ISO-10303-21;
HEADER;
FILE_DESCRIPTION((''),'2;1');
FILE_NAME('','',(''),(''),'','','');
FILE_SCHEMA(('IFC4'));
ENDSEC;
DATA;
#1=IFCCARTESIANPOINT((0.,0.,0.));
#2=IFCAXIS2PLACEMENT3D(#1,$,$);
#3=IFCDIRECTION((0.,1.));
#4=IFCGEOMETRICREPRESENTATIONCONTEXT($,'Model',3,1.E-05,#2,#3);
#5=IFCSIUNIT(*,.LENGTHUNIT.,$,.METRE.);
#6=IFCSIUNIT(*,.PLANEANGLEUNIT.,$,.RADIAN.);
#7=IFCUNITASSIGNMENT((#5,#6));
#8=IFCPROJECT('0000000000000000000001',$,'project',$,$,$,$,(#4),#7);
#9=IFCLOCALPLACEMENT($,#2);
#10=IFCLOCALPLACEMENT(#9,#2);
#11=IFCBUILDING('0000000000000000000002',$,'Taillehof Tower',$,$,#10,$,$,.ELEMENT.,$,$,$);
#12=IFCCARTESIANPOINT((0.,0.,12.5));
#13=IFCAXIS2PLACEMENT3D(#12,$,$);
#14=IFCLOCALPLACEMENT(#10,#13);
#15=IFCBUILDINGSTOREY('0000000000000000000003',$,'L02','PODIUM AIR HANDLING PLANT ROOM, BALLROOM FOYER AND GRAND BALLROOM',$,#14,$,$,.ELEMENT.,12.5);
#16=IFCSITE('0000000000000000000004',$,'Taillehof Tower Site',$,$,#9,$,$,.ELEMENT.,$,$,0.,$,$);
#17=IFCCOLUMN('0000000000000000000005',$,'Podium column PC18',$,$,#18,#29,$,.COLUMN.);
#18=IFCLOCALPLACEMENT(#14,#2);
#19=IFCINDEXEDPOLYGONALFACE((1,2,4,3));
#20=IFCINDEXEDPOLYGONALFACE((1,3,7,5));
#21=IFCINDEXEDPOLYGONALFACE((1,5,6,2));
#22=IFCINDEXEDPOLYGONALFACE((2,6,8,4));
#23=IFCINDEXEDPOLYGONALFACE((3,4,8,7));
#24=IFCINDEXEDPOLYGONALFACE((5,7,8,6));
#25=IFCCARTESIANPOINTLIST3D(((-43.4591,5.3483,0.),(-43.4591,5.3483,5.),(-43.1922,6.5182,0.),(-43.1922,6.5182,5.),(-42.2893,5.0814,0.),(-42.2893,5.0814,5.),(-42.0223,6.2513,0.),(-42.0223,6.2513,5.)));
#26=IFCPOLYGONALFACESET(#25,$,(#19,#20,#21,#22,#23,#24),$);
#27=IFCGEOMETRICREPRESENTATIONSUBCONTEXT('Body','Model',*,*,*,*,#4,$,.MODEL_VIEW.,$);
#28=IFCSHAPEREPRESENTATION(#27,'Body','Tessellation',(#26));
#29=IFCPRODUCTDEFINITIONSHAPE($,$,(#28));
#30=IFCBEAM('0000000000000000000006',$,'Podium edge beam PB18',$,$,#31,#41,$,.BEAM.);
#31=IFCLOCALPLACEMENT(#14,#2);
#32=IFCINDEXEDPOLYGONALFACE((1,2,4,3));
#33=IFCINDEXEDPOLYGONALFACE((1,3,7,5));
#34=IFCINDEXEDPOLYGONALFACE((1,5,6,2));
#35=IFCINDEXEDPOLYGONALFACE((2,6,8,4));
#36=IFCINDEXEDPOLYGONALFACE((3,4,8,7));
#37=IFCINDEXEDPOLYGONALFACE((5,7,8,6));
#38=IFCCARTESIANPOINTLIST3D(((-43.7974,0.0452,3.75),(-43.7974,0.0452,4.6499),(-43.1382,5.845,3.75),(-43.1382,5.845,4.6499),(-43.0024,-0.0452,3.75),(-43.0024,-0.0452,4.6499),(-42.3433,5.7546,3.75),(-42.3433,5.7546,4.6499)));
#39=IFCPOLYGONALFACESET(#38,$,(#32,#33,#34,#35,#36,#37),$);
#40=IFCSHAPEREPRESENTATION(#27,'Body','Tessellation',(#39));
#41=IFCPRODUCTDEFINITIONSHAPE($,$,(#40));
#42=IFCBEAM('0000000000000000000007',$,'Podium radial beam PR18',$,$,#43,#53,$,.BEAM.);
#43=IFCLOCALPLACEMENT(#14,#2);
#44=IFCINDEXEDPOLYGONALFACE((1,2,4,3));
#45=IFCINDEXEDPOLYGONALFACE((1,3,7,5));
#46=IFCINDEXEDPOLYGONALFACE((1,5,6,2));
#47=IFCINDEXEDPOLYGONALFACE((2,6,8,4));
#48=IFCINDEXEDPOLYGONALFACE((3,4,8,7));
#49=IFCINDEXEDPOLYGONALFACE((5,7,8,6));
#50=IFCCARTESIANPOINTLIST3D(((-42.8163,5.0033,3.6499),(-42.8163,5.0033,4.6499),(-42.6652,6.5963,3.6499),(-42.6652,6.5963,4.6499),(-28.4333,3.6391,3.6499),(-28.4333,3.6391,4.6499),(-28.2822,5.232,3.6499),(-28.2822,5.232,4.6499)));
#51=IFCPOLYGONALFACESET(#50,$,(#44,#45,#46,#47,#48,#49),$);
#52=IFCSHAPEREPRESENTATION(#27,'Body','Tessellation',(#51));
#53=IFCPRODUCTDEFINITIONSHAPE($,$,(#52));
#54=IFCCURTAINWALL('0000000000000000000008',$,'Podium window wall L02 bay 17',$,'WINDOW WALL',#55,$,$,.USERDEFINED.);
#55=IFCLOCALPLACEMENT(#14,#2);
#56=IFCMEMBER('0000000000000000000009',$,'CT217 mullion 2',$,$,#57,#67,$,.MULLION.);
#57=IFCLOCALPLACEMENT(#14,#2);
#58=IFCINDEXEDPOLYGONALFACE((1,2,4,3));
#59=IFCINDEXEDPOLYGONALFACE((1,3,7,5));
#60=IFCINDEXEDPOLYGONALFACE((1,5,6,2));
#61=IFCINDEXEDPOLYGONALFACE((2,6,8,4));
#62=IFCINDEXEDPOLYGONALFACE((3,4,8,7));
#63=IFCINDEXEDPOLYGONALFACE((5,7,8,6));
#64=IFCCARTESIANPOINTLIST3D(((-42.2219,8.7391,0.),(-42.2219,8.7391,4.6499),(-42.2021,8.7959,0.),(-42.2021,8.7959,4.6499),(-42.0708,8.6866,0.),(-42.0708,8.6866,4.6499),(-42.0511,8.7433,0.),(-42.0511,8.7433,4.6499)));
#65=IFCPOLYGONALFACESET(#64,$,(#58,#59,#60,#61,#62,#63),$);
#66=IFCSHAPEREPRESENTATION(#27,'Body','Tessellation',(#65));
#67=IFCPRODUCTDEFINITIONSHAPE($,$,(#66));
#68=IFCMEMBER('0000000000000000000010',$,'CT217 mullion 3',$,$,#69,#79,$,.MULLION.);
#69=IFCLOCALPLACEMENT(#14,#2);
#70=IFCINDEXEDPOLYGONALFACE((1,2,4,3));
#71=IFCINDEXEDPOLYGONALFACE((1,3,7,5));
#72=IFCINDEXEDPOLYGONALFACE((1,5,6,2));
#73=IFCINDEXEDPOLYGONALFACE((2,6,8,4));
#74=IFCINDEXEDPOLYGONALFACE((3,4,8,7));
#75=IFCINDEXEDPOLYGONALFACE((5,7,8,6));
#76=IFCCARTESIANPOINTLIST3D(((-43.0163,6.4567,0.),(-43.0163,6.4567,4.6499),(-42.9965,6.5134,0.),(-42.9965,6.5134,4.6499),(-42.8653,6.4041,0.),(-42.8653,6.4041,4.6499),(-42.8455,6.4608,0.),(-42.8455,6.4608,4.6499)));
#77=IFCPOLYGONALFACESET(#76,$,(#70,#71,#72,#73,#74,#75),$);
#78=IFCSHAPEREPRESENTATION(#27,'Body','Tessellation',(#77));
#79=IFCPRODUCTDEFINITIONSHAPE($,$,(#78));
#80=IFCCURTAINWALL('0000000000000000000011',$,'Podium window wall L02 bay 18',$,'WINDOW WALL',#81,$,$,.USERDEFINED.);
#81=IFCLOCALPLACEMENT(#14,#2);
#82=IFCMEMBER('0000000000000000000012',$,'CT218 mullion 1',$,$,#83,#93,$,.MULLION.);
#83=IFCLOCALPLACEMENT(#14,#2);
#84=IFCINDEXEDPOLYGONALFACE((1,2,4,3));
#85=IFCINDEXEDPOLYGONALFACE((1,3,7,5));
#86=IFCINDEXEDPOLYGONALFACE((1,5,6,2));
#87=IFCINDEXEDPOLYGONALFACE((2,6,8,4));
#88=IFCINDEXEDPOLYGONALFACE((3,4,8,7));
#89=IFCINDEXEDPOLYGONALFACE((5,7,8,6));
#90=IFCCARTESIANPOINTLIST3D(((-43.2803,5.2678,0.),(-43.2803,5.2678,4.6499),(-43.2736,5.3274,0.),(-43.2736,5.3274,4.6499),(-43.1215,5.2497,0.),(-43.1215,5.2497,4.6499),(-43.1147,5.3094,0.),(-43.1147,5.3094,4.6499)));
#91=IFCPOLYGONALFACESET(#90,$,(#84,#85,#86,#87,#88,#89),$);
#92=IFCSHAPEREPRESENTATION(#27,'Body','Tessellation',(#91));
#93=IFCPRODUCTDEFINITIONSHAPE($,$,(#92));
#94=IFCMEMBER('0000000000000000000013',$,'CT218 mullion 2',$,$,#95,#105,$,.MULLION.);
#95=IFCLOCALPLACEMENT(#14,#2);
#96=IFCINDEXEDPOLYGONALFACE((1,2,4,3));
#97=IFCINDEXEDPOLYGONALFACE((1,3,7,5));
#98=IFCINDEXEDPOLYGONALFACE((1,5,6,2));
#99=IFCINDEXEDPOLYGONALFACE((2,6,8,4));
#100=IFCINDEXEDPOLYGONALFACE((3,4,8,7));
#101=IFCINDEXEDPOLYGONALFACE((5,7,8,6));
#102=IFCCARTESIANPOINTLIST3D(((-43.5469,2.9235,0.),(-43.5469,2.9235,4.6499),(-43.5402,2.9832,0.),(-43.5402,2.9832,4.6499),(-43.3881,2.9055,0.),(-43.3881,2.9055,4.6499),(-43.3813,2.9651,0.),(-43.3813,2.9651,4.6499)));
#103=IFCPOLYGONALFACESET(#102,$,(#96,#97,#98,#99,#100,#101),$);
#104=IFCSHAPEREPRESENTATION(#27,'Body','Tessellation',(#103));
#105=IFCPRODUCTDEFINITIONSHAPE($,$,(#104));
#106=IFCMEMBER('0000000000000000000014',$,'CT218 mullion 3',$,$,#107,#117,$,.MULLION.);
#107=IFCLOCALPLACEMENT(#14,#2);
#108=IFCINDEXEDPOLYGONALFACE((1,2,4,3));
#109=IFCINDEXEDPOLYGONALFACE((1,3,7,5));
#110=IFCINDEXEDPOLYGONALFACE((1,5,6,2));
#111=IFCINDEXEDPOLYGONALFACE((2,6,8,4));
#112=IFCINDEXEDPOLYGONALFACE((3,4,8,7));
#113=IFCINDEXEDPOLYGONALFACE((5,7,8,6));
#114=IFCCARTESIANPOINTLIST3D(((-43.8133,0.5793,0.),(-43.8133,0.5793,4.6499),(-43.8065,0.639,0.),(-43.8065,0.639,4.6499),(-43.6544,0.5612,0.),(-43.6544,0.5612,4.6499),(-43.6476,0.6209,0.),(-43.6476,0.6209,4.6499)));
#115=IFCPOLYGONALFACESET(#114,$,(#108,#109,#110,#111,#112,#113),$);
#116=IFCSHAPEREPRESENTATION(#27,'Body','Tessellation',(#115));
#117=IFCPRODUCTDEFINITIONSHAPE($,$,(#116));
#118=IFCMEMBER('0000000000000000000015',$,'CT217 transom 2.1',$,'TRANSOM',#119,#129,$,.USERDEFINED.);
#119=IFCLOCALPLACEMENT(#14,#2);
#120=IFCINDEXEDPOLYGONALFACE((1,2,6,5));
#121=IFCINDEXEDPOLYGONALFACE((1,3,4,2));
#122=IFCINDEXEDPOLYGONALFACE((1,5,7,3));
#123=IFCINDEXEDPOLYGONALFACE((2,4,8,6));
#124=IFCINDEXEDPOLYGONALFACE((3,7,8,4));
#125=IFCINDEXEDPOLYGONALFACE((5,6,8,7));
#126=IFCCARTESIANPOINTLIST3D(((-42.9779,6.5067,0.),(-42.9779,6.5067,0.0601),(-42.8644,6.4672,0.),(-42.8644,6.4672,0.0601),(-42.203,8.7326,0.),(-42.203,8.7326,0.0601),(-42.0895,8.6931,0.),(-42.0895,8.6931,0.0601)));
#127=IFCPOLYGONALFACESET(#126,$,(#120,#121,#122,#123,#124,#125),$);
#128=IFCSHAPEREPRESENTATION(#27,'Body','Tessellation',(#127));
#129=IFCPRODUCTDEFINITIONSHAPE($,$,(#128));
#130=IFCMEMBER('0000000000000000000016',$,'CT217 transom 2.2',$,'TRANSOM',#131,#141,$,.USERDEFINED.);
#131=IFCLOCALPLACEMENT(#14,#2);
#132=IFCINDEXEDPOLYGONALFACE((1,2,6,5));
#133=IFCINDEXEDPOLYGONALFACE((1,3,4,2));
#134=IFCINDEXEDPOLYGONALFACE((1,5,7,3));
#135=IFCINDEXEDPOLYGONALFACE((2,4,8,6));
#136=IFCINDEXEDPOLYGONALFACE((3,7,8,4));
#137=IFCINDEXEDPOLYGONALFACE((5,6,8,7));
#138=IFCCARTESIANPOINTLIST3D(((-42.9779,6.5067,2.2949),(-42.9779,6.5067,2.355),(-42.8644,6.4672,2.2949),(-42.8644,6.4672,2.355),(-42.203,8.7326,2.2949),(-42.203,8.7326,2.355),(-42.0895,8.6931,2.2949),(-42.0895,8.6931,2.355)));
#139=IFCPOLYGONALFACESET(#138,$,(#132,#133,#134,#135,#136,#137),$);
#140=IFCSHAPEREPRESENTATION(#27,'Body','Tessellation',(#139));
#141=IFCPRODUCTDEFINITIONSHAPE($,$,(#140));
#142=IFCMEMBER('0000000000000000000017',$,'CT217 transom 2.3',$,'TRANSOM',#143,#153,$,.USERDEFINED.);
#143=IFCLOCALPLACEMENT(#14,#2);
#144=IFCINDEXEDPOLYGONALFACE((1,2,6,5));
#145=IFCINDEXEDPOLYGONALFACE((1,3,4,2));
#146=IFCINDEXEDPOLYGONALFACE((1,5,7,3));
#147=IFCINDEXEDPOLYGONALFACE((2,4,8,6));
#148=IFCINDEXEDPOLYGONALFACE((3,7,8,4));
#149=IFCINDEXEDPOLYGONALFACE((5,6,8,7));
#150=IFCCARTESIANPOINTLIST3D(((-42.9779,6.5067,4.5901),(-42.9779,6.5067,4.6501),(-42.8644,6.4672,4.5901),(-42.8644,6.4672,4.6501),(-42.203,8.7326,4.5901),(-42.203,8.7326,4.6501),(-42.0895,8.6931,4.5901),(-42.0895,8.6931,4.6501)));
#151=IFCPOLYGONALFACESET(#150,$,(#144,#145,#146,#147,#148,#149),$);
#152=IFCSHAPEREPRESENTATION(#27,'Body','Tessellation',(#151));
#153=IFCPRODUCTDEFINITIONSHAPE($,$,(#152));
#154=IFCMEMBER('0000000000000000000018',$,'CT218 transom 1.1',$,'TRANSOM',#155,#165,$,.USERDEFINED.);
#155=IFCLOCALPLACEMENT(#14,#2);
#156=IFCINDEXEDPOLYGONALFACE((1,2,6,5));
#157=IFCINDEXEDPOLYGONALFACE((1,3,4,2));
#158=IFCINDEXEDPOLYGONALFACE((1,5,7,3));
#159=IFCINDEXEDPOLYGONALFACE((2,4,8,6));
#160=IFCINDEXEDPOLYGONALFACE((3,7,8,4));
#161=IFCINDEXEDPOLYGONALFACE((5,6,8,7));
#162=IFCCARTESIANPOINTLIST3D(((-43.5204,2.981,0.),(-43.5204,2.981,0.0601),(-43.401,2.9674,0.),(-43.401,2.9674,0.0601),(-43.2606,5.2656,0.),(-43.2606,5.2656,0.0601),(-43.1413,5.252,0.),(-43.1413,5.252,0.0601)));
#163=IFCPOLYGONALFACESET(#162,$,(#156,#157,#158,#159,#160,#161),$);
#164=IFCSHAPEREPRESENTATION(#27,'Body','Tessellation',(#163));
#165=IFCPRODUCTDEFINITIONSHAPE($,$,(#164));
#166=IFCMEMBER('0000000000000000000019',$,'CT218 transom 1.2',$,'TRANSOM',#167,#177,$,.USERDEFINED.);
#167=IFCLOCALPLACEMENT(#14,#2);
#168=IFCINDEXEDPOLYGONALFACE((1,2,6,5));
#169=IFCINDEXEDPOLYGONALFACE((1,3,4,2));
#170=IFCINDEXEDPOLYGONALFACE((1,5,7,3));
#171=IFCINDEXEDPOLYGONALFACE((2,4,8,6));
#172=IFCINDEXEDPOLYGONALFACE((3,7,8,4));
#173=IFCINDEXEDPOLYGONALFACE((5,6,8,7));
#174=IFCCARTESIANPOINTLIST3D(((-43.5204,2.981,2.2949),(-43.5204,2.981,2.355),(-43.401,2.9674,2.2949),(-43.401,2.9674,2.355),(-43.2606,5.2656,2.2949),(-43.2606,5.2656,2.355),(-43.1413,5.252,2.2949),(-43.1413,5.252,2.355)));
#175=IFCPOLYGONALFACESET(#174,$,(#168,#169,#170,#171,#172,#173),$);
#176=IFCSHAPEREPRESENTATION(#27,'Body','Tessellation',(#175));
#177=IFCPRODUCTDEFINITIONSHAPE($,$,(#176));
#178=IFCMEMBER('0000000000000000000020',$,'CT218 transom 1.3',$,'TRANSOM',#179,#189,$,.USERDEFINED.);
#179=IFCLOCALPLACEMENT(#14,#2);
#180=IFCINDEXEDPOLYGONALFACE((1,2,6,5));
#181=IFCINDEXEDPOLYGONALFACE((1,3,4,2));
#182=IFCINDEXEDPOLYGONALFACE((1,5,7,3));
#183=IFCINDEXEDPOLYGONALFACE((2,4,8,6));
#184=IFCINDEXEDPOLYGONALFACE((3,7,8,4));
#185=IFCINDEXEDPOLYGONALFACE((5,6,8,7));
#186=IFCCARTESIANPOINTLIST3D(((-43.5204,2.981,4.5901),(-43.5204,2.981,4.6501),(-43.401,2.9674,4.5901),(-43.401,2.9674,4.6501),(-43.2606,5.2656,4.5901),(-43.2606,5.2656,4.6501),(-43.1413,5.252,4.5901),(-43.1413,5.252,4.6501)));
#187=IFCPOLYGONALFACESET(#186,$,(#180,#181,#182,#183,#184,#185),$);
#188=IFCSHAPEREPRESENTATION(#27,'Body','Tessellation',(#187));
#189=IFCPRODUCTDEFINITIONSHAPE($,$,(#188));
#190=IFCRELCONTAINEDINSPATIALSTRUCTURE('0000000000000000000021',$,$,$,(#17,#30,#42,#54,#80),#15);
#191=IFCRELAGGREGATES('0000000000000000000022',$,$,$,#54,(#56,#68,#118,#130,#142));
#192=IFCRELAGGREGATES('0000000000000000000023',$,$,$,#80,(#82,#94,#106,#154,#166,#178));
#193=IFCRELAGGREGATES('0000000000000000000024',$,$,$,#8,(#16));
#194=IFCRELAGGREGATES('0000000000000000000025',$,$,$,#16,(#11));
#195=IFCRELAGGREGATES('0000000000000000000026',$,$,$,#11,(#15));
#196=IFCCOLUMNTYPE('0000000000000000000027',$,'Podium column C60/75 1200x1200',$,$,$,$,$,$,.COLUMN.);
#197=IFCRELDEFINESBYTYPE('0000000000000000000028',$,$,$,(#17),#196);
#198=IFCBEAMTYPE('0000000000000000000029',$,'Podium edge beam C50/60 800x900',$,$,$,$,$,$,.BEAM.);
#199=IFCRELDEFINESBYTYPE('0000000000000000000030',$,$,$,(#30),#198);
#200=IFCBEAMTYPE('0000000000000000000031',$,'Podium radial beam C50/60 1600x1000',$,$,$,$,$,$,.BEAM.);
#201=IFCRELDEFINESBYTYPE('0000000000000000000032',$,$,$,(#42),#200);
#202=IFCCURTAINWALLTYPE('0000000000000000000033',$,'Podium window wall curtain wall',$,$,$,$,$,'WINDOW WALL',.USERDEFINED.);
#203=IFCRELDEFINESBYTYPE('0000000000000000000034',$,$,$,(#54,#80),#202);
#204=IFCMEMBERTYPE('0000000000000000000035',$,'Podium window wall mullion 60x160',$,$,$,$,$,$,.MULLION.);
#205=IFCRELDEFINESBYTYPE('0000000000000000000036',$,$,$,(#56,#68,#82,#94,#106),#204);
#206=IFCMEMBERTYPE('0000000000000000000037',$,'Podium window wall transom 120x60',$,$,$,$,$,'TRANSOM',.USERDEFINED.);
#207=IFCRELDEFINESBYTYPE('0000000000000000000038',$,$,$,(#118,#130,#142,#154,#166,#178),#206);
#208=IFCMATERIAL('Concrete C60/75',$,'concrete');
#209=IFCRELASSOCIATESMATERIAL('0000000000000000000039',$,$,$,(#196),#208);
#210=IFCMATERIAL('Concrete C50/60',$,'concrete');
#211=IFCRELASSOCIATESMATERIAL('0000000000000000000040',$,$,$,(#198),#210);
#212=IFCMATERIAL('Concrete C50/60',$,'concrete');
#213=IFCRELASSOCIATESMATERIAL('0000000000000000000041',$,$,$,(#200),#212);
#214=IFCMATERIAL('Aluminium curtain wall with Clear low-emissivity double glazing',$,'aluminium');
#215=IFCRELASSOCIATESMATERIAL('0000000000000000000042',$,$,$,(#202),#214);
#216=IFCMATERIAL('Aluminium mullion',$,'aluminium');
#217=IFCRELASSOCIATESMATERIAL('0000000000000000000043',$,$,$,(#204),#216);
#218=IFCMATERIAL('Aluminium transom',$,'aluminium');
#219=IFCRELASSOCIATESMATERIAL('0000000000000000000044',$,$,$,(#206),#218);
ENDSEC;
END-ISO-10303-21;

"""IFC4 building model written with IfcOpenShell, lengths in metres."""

from ifc_helpers import new_model, si_unit, direction, frame, origin, origin_2d, place, context, subcontext, project, spatial, rectangle, extrude, material, material_profile, profile_set, type_object, element, aggregate, save


model = new_model("IFC4")

# Units and contexts
model_context = context("Model", 3, precision=1e-05, world=origin(), true_north=direction((0.0, 1.0)))
body_context = subcontext(model_context, "Body", "Model", "MODEL_VIEW")
ifc_project = project(units=[si_unit("LENGTHUNIT", "METRE"), si_unit("PLANEANGLEUNIT", "RADIAN")], contexts=[model_context])

# Site, building, storey
site_placement = place(None, origin())
site = spatial("IfcSite", under=ifc_project, at=site_placement, Name="Taillehof Tower Site", CompositionType="ELEMENT", RefElevation=0.0)
building_placement = place(site_placement, origin())
building = spatial("IfcBuilding", under=site, at=building_placement, Name="Taillehof Tower", CompositionType="ELEMENT")
storey_placement = place(building_placement, frame((0.0, 0.0, 12.5)))
storey = spatial("IfcBuildingStorey", under=building, at=storey_placement, Name="L02", Description="PODIUM AIR HANDLING PLANT ROOM, BALLROOM FOYER AND GRAND BALLROOM", CompositionType="ELEMENT", Elevation=12.5)

# Column
ifc_material_1 = material(Name="Concrete C60/75", Category="concrete")
ifc_material_profile_1 = material_profile(ifc_material_1, rectangle(XDim=1.2, YDim=1.2, at=origin_2d()), Name="RC 1200x1200")
ifc_profile_set_1 = profile_set([ifc_material_profile_1], Name="Concrete C60/75")
column_type = type_object("IfcColumnType", Name="Podium column C60/75 1200x1200", PredefinedType="COLUMN", material=ifc_profile_set_1)
column_placement = place(storey_placement, frame((-42.7407, 5.7998, 0.0), z_axis=(0.0, 0.0, 1.0), x_axis=(-0.97494, 0.222469, 0.0)))
element("IfcColumn", 1, at=column_placement, inside=storey, type_object=column_type, Name="Podium column PC18", PredefinedType="COLUMN", context=body_context, shape_type="SweptSolid", body=[
    extrude(rectangle(XDim=1.2, YDim=1.2, at=origin_2d()), origin(), (0.0, 0.0, 1.0), 5.0),
])

# Beams
ifc_material_2 = material(Name="Concrete C50/60", Category="concrete")
ifc_material_profile_2 = material_profile(ifc_material_2, rectangle(XDim=0.8, YDim=0.8999, at=origin_2d()), Name="RC 800x900")
ifc_profile_set_2 = profile_set([ifc_material_profile_2], Name="Concrete C50/60")
beam_type_1 = type_object("IfcBeamType", Name="Podium edge beam C50/60 800x900", PredefinedType="BEAM", material=ifc_profile_set_2)
beam_1_placement = place(storey_placement, frame((-42.7407, 5.7998, 4.2), z_axis=(-0.112928, -0.993603, 0.0), x_axis=(0.993603, -0.112928, 0.0)))
element("IfcBeam", 2, at=beam_1_placement, inside=storey, type_object=beam_type_1, Name="Podium edge beam PB18", PredefinedType="BEAM", context=body_context, shape_type="SweptSolid", body=[
    extrude(rectangle(XDim=0.8, YDim=0.8999, at=origin_2d()), origin(), (0.0, 0.0, 1.0), 5.8372),
])
ifc_material_3 = material(Name="Concrete C50/60", Category="concrete")
ifc_material_profile_3 = material_profile(ifc_material_3, rectangle(XDim=1.6001, YDim=1.0, at=origin_2d()), Name="RC 1600x1000")
ifc_profile_set_3 = profile_set([ifc_material_profile_3], Name="Concrete C50/60")
beam_type_2 = type_object("IfcBeamType", Name="Podium radial beam C50/60 1600x1000", PredefinedType="BEAM", material=ifc_profile_set_3)
beam_2_placement = place(storey_placement, frame((-42.7407, 5.7998, 4.1499), z_axis=(0.995532, -0.094428, 0.0), x_axis=(0.094428, 0.995532, 0.0)))
element("IfcBeam", 3, at=beam_2_placement, inside=storey, type_object=beam_type_2, Name="Podium radial beam PR18", PredefinedType="BEAM", context=body_context, shape_type="SweptSolid", body=[
    extrude(rectangle(XDim=1.6001, YDim=1.0, at=origin_2d()), origin(), (0.0, 0.0, 1.0), 14.4475),
])

# Curtain walls, members
ifc_material_4 = material(Name="Aluminium curtain wall with Clear low-emissivity double glazing", Category="aluminium")
curtain_wall_type = type_object("IfcCurtainWallType", Name="Podium window wall curtain wall", ElementType="WINDOW WALL", PredefinedType="USERDEFINED", material=ifc_material_4)
curtain_wall_1_placement = place(storey_placement, origin())
curtain_wall_1 = element("IfcCurtainWall", 4, at=curtain_wall_1_placement, inside=storey, type_object=curtain_wall_type, Name="Podium window wall L02 bay 17", ObjectType="WINDOW WALL", PredefinedType="USERDEFINED")
ifc_material_5 = material(Name="Aluminium mullion", Category="aluminium")
ifc_material_profile_4 = material_profile(ifc_material_5, rectangle(XDim=0.1599, YDim=0.0601, at=origin_2d()), Name="AL 60x160")
ifc_profile_set_4 = profile_set([ifc_material_profile_4], Name="Aluminium mullion")
member_type_1 = type_object("IfcMemberType", Name="Podium window wall mullion 60x160", PredefinedType="MULLION", material=ifc_profile_set_4)
member_1_placement = place(storey_placement, frame((-42.1365, 8.7412, 0.0), z_axis=(0.0, 0.0, 1.0), x_axis=(0.944414, -0.328758, 0.0)))
member_1 = element("IfcMember", 5, at=member_1_placement, type_object=member_type_1, Name="CT217 mullion 2", PredefinedType="MULLION", context=body_context, shape_type="SweptSolid", body=[
    extrude(rectangle(XDim=0.1599, YDim=0.0601, at=origin_2d()), origin(), (0.0, 0.0, 1.0), 4.6499),
])
member_2_placement = place(storey_placement, frame((-42.9309, 6.4587, 0.0), z_axis=(0.0, 0.0, 1.0), x_axis=(0.944414, -0.328758, 0.0)))
member_2 = element("IfcMember", 6, at=member_2_placement, type_object=member_type_1, Name="CT217 mullion 3", PredefinedType="MULLION", context=body_context, shape_type="SweptSolid", body=[
    extrude(rectangle(XDim=0.1599, YDim=0.0601, at=origin_2d()), origin(), (0.0, 0.0, 1.0), 4.6499),
])
curtain_wall_2_placement = place(storey_placement, origin())
curtain_wall_2 = element("IfcCurtainWall", 7, at=curtain_wall_2_placement, inside=storey, type_object=curtain_wall_type, Name="Podium window wall L02 bay 18", ObjectType="WINDOW WALL", PredefinedType="USERDEFINED")
member_3_placement = place(storey_placement, frame((-43.1975, 5.2886, 0.0), z_axis=(0.0, 0.0, 1.0), x_axis=(0.993603, -0.112932, 0.0)))
member_3 = element("IfcMember", 8, at=member_3_placement, type_object=member_type_1, Name="CT218 mullion 1", PredefinedType="MULLION", context=body_context, shape_type="SweptSolid", body=[
    extrude(rectangle(XDim=0.1599, YDim=0.0601, at=origin_2d()), origin(), (0.0, 0.0, 1.0), 4.6499),
])
member_4_placement = place(storey_placement, frame((-43.4641, 2.9443, 0.0), z_axis=(0.0, 0.0, 1.0), x_axis=(0.993603, -0.112932, 0.0)))
member_4 = element("IfcMember", 9, at=member_4_placement, type_object=member_type_1, Name="CT218 mullion 2", PredefinedType="MULLION", context=body_context, shape_type="SweptSolid", body=[
    extrude(rectangle(XDim=0.1599, YDim=0.0601, at=origin_2d()), origin(), (0.0, 0.0, 1.0), 4.6499),
])
member_5_placement = place(storey_placement, frame((-43.7305, 0.6001, 0.0), z_axis=(0.0, 0.0, 1.0), x_axis=(0.993603, -0.112932, 0.0)))
member_5 = element("IfcMember", 10, at=member_5_placement, type_object=member_type_1, Name="CT218 mullion 3", PredefinedType="MULLION", context=body_context, shape_type="SweptSolid", body=[
    extrude(rectangle(XDim=0.1599, YDim=0.0601, at=origin_2d()), origin(), (0.0, 0.0, 1.0), 4.6499),
])

# Members
ifc_material_6 = material(Name="Aluminium transom", Category="aluminium")
ifc_material_profile_5 = material_profile(ifc_material_6, rectangle(XDim=0.1201, YDim=0.0601, at=origin_2d()), Name="AL 120x60")
ifc_profile_set_5 = profile_set([ifc_material_profile_5], Name="Aluminium transom")
member_type_2 = type_object("IfcMemberType", Name="Podium window wall transom 120x60", ElementType="TRANSOM", PredefinedType="USERDEFINED", material=ifc_profile_set_5)
member_6_placement = place(storey_placement, frame((-42.1462, 8.7129, 0.03), z_axis=(-0.328786, -0.944405, 0.0), x_axis=(0.944405, -0.328786, 0.0)))
member_6 = element("IfcMember", 11, at=member_6_placement, type_object=member_type_2, Name="CT217 transom 2.1", ObjectType="TRANSOM", PredefinedType="USERDEFINED", context=body_context, shape_type="SweptSolid", body=[
    extrude(rectangle(XDim=0.1201, YDim=0.0601, at=origin_2d()), origin(), (0.0, 0.0, 1.0), 2.3569),
])
member_7_placement = place(storey_placement, frame((-42.1462, 8.7129, 2.325), z_axis=(-0.328786, -0.944405, 0.0), x_axis=(0.944405, -0.328786, 0.0)))
member_7 = element("IfcMember", 12, at=member_7_placement, type_object=member_type_2, Name="CT217 transom 2.2", ObjectType="TRANSOM", PredefinedType="USERDEFINED", context=body_context, shape_type="SweptSolid", body=[
    extrude(rectangle(XDim=0.1201, YDim=0.0601, at=origin_2d()), origin(), (0.0, 0.0, 1.0), 2.3569),
])
member_8_placement = place(storey_placement, frame((-42.1462, 8.7129, 4.6201), z_axis=(-0.328786, -0.944405, 0.0), x_axis=(0.944405, -0.328786, 0.0)))
member_8 = element("IfcMember", 13, at=member_8_placement, type_object=member_type_2, Name="CT217 transom 2.3", ObjectType="TRANSOM", PredefinedType="USERDEFINED", context=body_context, shape_type="SweptSolid", body=[
    extrude(rectangle(XDim=0.1201, YDim=0.0601, at=origin_2d()), origin(), (0.0, 0.0, 1.0), 2.3569),
])
member_9_placement = place(storey_placement, frame((-43.2009, 5.2588, 0.03), z_axis=(-0.112972, -0.993598, 0.0), x_axis=(0.993598, -0.112972, 0.0)))
member_9 = element("IfcMember", 14, at=member_9_placement, type_object=member_type_2, Name="CT218 transom 1.1", ObjectType="TRANSOM", PredefinedType="USERDEFINED", context=body_context, shape_type="SweptSolid", body=[
    extrude(rectangle(XDim=0.1201, YDim=0.0601, at=origin_2d()), origin(), (0.0, 0.0, 1.0), 2.2993),
])
member_10_placement = place(storey_placement, frame((-43.2009, 5.2588, 2.325), z_axis=(-0.112972, -0.993598, 0.0), x_axis=(0.993598, -0.112972, 0.0)))
member_10 = element("IfcMember", 15, at=member_10_placement, type_object=member_type_2, Name="CT218 transom 1.2", ObjectType="TRANSOM", PredefinedType="USERDEFINED", context=body_context, shape_type="SweptSolid", body=[
    extrude(rectangle(XDim=0.1201, YDim=0.0601, at=origin_2d()), origin(), (0.0, 0.0, 1.0), 2.2993),
])
member_11_placement = place(storey_placement, frame((-43.2009, 5.2588, 4.6201), z_axis=(-0.112972, -0.993598, 0.0), x_axis=(0.993598, -0.112972, 0.0)))
member_11 = element("IfcMember", 16, at=member_11_placement, type_object=member_type_2, Name="CT218 transom 1.3", ObjectType="TRANSOM", PredefinedType="USERDEFINED", context=body_context, shape_type="SweptSolid", body=[
    extrude(rectangle(XDim=0.1201, YDim=0.0601, at=origin_2d()), origin(), (0.0, 0.0, 1.0), 2.2993),
])

aggregate(curtain_wall_1, [member_1, member_2, member_6, member_7, member_8])
aggregate(curtain_wall_2, [member_3, member_4, member_5, member_9, member_10, member_11])

save(model, "model.ifc")
